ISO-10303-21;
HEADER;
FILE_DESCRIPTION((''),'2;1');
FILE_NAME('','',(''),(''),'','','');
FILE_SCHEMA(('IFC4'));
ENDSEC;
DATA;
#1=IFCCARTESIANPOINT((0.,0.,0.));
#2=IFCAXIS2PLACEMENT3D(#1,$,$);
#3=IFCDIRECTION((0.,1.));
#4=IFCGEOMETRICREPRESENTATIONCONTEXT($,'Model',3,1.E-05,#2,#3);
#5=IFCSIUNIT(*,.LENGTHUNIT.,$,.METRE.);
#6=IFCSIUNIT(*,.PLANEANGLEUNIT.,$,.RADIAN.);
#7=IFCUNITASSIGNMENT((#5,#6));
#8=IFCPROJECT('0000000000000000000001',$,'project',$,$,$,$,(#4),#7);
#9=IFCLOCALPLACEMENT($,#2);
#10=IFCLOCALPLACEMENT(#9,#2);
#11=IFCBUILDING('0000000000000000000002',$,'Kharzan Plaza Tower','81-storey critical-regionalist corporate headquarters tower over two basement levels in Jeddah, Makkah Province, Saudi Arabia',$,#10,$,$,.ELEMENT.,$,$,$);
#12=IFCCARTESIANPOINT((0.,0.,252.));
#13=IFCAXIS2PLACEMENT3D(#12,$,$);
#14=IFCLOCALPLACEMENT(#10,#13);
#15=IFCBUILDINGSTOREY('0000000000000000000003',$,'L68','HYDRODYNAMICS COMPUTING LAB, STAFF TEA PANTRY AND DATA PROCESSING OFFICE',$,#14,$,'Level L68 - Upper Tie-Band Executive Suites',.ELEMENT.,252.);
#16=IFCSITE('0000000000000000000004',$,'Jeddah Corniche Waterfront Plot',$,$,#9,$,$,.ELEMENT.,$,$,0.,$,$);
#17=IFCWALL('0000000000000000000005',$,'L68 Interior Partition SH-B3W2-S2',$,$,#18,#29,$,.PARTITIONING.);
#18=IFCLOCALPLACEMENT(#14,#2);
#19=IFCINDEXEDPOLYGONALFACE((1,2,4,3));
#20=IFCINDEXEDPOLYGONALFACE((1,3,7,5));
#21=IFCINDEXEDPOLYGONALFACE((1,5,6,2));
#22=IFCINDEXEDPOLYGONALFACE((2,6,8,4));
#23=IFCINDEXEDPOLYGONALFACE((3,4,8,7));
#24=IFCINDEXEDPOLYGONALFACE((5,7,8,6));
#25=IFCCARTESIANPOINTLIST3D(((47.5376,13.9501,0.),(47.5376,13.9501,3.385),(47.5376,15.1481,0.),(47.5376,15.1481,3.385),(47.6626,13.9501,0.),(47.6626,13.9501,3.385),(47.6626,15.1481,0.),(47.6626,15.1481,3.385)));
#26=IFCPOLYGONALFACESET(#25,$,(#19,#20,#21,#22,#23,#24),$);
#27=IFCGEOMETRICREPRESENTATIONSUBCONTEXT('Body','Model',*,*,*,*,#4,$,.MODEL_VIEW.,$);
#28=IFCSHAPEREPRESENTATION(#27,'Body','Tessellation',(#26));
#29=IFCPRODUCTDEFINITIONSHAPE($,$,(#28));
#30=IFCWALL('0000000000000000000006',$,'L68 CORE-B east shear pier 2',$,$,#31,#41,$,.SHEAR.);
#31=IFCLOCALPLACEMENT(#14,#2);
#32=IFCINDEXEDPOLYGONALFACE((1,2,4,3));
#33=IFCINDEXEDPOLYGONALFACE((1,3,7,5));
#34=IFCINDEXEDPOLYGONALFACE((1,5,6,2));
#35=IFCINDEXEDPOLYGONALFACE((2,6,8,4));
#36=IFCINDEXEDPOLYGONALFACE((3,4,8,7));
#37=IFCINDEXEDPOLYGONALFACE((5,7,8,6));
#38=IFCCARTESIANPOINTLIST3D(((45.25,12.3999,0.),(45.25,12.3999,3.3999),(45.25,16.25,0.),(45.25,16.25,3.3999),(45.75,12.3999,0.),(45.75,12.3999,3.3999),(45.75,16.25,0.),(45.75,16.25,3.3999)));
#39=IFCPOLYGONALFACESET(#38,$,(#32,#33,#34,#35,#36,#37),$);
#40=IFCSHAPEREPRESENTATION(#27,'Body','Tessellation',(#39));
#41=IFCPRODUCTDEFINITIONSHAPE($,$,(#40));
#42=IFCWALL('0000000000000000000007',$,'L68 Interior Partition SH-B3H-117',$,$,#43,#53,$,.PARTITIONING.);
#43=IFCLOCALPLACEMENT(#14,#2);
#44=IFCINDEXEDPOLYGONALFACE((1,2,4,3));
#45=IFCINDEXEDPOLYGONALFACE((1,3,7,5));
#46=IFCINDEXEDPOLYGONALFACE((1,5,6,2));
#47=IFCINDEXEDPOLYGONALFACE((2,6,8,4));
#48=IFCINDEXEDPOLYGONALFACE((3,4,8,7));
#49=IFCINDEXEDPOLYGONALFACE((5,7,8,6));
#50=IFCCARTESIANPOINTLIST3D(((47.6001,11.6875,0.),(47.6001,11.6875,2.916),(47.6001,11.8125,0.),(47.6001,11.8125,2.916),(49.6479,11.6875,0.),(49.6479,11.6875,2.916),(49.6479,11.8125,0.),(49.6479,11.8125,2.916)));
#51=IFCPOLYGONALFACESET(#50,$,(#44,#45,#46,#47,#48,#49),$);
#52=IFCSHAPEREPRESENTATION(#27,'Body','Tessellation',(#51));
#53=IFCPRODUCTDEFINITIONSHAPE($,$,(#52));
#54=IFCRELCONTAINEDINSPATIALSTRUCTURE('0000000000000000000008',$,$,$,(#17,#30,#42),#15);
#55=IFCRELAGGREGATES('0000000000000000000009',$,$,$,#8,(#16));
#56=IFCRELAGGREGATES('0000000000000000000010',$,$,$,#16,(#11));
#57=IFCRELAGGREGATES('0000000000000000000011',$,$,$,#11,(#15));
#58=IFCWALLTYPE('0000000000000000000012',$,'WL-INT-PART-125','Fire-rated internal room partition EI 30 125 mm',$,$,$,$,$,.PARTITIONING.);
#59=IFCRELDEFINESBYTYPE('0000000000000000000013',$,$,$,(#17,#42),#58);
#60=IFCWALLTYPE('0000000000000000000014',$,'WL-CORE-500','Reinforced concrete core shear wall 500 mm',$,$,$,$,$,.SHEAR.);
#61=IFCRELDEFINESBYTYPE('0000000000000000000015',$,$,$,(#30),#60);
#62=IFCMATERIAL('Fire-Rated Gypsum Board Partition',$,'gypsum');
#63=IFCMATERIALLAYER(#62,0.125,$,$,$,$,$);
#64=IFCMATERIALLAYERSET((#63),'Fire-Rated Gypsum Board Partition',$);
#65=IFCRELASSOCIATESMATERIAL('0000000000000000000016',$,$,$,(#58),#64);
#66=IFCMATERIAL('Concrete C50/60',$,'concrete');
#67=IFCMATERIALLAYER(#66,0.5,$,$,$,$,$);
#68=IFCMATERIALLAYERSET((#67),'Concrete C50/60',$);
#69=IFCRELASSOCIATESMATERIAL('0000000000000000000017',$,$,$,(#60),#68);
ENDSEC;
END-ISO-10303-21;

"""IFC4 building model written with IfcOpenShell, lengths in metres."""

from ifc_helpers import new_model, si_unit, direction, frame, frame_2d, origin, place, context, subcontext, project, spatial, rectangle, extrude, source, transform, mapped, material, layer, layer_set, type_object, element, save


model = new_model("IFC4")

# Units and contexts
model_context = context("Model", 3, precision=1e-05, world=origin(), true_north=direction((0.0, 1.0)))
body_context = subcontext(model_context, "Body", "Model", "MODEL_VIEW")
ifc_project = project(units=[si_unit("LENGTHUNIT", "METRE"), si_unit("PLANEANGLEUNIT", "RADIAN")], contexts=[model_context])

# Site, building, storey
site_placement = place(None, origin())
site = spatial("IfcSite", under=ifc_project, at=site_placement, Name="Jeddah Corniche Waterfront Plot", CompositionType="ELEMENT", RefElevation=0.0)
building_placement = place(site_placement, origin())
building = spatial("IfcBuilding", under=site, at=building_placement, Name="Kharzan Plaza Tower", Description="81-storey critical-regionalist corporate headquarters tower over two basement levels in Jeddah, Makkah Province, Saudi Arabia", CompositionType="ELEMENT")
storey_placement = place(building_placement, frame((0.0, 0.0, 252.0)))
storey = spatial("IfcBuildingStorey", under=building, at=storey_placement, Name="L68", Description="HYDRODYNAMICS COMPUTING LAB, STAFF TEA PANTRY AND DATA PROCESSING OFFICE", LongName="Level L68 - Upper Tie-Band Executive Suites", CompositionType="ELEMENT", Elevation=252.0)

# Shared definitions
ifc_material_1 = material(Name="Concrete C50/60", Category="concrete")

# Shared definitions
ifc_material_2 = material(Name="Fire-Rated Gypsum Board Partition", Category="gypsum")
ifc_layer_1 = layer(ifc_material_2, 0.125)
ifc_layer_set_1 = layer_set([ifc_layer_1], Name="Fire-Rated Gypsum Board Partition")
wall_type_1 = type_object("IfcWallType", Name="WL-INT-PART-125", Description="Fire-rated internal room partition EI 30 125 mm", PredefinedType="PARTITIONING", material=ifc_layer_set_1)

# Walls
shared_shape_1 = source(origin(), body_context, "Body", "SweptSolid", [
    extrude(rectangle(XDim=1.198, YDim=0.125, at=frame_2d((0.5991, 0.0))), origin(), (0.0, 0.0, 1.0), 3.385),
])
wall_1_placement = place(storey_placement, frame((47.6001, 13.95, 0.0), z_axis=(0.0, 0.0, 1.0), x_axis=(0.0, 1.0, 0.0)))
element("IfcWall", 1, at=wall_1_placement, inside=storey, type_object=wall_type_1, Name="L68 Interior Partition SH-B3W2-S2", PredefinedType="PARTITIONING", context=body_context, shape_type="MappedRepresentation", body=[
    mapped(shared_shape_1, transform((0.0, 0.0, 0.0), x_axis=(1.0, 0.0, 0.0), y_axis=(0.0, 1.0, 0.0), z_axis=(0.0, 0.0, 1.0))),
])
ifc_layer_2 = layer(ifc_material_1, 0.5)
ifc_layer_set_2 = layer_set([ifc_layer_2], Name="Concrete C50/60")
wall_type_2 = type_object("IfcWallType", Name="WL-CORE-500", Description="Reinforced concrete core shear wall 500 mm", PredefinedType="SHEAR", material=ifc_layer_set_2)
shared_shape_2 = source(origin(), body_context, "Body", "SweptSolid", [
    extrude(rectangle(XDim=3.8501, YDim=0.5, at=frame_2d((1.925, 0.0))), origin(), (0.0, 0.0, 1.0), 3.3999),
])
wall_2_placement = place(storey_placement, frame((45.5, 12.3999, 0.0), z_axis=(0.0, 0.0, 1.0), x_axis=(0.0, 1.0, 0.0)))
element("IfcWall", 2, at=wall_2_placement, inside=storey, type_object=wall_type_2, Name="L68 CORE-B east shear pier 2", PredefinedType="SHEAR", context=body_context, shape_type="MappedRepresentation", body=[
    mapped(shared_shape_2, transform((0.0, 0.0, 0.0), x_axis=(1.0, 0.0, 0.0), y_axis=(0.0, 1.0, 0.0), z_axis=(0.0, 0.0, 1.0))),
])
shared_shape_3 = source(origin(), body_context, "Body", "SweptSolid", [
    extrude(rectangle(XDim=2.0479, YDim=0.125, at=frame_2d((1.0239, 0.0))), origin(), (0.0, 0.0, 1.0), 2.916),
])
wall_3_placement = place(storey_placement, frame((47.6001, 11.75, 0.0), z_axis=(0.0, 0.0, 1.0), x_axis=(1.0, 0.0, 0.0)))
element("IfcWall", 3, at=wall_3_placement, inside=storey, type_object=wall_type_1, Name="L68 Interior Partition SH-B3H-117", PredefinedType="PARTITIONING", context=body_context, shape_type="MappedRepresentation", body=[
    mapped(shared_shape_3, transform((0.0, 0.0, 0.0), x_axis=(1.0, 0.0, 0.0), y_axis=(0.0, 1.0, 0.0), z_axis=(0.0, 0.0, 1.0))),
])

save(model, "model.ifc")
